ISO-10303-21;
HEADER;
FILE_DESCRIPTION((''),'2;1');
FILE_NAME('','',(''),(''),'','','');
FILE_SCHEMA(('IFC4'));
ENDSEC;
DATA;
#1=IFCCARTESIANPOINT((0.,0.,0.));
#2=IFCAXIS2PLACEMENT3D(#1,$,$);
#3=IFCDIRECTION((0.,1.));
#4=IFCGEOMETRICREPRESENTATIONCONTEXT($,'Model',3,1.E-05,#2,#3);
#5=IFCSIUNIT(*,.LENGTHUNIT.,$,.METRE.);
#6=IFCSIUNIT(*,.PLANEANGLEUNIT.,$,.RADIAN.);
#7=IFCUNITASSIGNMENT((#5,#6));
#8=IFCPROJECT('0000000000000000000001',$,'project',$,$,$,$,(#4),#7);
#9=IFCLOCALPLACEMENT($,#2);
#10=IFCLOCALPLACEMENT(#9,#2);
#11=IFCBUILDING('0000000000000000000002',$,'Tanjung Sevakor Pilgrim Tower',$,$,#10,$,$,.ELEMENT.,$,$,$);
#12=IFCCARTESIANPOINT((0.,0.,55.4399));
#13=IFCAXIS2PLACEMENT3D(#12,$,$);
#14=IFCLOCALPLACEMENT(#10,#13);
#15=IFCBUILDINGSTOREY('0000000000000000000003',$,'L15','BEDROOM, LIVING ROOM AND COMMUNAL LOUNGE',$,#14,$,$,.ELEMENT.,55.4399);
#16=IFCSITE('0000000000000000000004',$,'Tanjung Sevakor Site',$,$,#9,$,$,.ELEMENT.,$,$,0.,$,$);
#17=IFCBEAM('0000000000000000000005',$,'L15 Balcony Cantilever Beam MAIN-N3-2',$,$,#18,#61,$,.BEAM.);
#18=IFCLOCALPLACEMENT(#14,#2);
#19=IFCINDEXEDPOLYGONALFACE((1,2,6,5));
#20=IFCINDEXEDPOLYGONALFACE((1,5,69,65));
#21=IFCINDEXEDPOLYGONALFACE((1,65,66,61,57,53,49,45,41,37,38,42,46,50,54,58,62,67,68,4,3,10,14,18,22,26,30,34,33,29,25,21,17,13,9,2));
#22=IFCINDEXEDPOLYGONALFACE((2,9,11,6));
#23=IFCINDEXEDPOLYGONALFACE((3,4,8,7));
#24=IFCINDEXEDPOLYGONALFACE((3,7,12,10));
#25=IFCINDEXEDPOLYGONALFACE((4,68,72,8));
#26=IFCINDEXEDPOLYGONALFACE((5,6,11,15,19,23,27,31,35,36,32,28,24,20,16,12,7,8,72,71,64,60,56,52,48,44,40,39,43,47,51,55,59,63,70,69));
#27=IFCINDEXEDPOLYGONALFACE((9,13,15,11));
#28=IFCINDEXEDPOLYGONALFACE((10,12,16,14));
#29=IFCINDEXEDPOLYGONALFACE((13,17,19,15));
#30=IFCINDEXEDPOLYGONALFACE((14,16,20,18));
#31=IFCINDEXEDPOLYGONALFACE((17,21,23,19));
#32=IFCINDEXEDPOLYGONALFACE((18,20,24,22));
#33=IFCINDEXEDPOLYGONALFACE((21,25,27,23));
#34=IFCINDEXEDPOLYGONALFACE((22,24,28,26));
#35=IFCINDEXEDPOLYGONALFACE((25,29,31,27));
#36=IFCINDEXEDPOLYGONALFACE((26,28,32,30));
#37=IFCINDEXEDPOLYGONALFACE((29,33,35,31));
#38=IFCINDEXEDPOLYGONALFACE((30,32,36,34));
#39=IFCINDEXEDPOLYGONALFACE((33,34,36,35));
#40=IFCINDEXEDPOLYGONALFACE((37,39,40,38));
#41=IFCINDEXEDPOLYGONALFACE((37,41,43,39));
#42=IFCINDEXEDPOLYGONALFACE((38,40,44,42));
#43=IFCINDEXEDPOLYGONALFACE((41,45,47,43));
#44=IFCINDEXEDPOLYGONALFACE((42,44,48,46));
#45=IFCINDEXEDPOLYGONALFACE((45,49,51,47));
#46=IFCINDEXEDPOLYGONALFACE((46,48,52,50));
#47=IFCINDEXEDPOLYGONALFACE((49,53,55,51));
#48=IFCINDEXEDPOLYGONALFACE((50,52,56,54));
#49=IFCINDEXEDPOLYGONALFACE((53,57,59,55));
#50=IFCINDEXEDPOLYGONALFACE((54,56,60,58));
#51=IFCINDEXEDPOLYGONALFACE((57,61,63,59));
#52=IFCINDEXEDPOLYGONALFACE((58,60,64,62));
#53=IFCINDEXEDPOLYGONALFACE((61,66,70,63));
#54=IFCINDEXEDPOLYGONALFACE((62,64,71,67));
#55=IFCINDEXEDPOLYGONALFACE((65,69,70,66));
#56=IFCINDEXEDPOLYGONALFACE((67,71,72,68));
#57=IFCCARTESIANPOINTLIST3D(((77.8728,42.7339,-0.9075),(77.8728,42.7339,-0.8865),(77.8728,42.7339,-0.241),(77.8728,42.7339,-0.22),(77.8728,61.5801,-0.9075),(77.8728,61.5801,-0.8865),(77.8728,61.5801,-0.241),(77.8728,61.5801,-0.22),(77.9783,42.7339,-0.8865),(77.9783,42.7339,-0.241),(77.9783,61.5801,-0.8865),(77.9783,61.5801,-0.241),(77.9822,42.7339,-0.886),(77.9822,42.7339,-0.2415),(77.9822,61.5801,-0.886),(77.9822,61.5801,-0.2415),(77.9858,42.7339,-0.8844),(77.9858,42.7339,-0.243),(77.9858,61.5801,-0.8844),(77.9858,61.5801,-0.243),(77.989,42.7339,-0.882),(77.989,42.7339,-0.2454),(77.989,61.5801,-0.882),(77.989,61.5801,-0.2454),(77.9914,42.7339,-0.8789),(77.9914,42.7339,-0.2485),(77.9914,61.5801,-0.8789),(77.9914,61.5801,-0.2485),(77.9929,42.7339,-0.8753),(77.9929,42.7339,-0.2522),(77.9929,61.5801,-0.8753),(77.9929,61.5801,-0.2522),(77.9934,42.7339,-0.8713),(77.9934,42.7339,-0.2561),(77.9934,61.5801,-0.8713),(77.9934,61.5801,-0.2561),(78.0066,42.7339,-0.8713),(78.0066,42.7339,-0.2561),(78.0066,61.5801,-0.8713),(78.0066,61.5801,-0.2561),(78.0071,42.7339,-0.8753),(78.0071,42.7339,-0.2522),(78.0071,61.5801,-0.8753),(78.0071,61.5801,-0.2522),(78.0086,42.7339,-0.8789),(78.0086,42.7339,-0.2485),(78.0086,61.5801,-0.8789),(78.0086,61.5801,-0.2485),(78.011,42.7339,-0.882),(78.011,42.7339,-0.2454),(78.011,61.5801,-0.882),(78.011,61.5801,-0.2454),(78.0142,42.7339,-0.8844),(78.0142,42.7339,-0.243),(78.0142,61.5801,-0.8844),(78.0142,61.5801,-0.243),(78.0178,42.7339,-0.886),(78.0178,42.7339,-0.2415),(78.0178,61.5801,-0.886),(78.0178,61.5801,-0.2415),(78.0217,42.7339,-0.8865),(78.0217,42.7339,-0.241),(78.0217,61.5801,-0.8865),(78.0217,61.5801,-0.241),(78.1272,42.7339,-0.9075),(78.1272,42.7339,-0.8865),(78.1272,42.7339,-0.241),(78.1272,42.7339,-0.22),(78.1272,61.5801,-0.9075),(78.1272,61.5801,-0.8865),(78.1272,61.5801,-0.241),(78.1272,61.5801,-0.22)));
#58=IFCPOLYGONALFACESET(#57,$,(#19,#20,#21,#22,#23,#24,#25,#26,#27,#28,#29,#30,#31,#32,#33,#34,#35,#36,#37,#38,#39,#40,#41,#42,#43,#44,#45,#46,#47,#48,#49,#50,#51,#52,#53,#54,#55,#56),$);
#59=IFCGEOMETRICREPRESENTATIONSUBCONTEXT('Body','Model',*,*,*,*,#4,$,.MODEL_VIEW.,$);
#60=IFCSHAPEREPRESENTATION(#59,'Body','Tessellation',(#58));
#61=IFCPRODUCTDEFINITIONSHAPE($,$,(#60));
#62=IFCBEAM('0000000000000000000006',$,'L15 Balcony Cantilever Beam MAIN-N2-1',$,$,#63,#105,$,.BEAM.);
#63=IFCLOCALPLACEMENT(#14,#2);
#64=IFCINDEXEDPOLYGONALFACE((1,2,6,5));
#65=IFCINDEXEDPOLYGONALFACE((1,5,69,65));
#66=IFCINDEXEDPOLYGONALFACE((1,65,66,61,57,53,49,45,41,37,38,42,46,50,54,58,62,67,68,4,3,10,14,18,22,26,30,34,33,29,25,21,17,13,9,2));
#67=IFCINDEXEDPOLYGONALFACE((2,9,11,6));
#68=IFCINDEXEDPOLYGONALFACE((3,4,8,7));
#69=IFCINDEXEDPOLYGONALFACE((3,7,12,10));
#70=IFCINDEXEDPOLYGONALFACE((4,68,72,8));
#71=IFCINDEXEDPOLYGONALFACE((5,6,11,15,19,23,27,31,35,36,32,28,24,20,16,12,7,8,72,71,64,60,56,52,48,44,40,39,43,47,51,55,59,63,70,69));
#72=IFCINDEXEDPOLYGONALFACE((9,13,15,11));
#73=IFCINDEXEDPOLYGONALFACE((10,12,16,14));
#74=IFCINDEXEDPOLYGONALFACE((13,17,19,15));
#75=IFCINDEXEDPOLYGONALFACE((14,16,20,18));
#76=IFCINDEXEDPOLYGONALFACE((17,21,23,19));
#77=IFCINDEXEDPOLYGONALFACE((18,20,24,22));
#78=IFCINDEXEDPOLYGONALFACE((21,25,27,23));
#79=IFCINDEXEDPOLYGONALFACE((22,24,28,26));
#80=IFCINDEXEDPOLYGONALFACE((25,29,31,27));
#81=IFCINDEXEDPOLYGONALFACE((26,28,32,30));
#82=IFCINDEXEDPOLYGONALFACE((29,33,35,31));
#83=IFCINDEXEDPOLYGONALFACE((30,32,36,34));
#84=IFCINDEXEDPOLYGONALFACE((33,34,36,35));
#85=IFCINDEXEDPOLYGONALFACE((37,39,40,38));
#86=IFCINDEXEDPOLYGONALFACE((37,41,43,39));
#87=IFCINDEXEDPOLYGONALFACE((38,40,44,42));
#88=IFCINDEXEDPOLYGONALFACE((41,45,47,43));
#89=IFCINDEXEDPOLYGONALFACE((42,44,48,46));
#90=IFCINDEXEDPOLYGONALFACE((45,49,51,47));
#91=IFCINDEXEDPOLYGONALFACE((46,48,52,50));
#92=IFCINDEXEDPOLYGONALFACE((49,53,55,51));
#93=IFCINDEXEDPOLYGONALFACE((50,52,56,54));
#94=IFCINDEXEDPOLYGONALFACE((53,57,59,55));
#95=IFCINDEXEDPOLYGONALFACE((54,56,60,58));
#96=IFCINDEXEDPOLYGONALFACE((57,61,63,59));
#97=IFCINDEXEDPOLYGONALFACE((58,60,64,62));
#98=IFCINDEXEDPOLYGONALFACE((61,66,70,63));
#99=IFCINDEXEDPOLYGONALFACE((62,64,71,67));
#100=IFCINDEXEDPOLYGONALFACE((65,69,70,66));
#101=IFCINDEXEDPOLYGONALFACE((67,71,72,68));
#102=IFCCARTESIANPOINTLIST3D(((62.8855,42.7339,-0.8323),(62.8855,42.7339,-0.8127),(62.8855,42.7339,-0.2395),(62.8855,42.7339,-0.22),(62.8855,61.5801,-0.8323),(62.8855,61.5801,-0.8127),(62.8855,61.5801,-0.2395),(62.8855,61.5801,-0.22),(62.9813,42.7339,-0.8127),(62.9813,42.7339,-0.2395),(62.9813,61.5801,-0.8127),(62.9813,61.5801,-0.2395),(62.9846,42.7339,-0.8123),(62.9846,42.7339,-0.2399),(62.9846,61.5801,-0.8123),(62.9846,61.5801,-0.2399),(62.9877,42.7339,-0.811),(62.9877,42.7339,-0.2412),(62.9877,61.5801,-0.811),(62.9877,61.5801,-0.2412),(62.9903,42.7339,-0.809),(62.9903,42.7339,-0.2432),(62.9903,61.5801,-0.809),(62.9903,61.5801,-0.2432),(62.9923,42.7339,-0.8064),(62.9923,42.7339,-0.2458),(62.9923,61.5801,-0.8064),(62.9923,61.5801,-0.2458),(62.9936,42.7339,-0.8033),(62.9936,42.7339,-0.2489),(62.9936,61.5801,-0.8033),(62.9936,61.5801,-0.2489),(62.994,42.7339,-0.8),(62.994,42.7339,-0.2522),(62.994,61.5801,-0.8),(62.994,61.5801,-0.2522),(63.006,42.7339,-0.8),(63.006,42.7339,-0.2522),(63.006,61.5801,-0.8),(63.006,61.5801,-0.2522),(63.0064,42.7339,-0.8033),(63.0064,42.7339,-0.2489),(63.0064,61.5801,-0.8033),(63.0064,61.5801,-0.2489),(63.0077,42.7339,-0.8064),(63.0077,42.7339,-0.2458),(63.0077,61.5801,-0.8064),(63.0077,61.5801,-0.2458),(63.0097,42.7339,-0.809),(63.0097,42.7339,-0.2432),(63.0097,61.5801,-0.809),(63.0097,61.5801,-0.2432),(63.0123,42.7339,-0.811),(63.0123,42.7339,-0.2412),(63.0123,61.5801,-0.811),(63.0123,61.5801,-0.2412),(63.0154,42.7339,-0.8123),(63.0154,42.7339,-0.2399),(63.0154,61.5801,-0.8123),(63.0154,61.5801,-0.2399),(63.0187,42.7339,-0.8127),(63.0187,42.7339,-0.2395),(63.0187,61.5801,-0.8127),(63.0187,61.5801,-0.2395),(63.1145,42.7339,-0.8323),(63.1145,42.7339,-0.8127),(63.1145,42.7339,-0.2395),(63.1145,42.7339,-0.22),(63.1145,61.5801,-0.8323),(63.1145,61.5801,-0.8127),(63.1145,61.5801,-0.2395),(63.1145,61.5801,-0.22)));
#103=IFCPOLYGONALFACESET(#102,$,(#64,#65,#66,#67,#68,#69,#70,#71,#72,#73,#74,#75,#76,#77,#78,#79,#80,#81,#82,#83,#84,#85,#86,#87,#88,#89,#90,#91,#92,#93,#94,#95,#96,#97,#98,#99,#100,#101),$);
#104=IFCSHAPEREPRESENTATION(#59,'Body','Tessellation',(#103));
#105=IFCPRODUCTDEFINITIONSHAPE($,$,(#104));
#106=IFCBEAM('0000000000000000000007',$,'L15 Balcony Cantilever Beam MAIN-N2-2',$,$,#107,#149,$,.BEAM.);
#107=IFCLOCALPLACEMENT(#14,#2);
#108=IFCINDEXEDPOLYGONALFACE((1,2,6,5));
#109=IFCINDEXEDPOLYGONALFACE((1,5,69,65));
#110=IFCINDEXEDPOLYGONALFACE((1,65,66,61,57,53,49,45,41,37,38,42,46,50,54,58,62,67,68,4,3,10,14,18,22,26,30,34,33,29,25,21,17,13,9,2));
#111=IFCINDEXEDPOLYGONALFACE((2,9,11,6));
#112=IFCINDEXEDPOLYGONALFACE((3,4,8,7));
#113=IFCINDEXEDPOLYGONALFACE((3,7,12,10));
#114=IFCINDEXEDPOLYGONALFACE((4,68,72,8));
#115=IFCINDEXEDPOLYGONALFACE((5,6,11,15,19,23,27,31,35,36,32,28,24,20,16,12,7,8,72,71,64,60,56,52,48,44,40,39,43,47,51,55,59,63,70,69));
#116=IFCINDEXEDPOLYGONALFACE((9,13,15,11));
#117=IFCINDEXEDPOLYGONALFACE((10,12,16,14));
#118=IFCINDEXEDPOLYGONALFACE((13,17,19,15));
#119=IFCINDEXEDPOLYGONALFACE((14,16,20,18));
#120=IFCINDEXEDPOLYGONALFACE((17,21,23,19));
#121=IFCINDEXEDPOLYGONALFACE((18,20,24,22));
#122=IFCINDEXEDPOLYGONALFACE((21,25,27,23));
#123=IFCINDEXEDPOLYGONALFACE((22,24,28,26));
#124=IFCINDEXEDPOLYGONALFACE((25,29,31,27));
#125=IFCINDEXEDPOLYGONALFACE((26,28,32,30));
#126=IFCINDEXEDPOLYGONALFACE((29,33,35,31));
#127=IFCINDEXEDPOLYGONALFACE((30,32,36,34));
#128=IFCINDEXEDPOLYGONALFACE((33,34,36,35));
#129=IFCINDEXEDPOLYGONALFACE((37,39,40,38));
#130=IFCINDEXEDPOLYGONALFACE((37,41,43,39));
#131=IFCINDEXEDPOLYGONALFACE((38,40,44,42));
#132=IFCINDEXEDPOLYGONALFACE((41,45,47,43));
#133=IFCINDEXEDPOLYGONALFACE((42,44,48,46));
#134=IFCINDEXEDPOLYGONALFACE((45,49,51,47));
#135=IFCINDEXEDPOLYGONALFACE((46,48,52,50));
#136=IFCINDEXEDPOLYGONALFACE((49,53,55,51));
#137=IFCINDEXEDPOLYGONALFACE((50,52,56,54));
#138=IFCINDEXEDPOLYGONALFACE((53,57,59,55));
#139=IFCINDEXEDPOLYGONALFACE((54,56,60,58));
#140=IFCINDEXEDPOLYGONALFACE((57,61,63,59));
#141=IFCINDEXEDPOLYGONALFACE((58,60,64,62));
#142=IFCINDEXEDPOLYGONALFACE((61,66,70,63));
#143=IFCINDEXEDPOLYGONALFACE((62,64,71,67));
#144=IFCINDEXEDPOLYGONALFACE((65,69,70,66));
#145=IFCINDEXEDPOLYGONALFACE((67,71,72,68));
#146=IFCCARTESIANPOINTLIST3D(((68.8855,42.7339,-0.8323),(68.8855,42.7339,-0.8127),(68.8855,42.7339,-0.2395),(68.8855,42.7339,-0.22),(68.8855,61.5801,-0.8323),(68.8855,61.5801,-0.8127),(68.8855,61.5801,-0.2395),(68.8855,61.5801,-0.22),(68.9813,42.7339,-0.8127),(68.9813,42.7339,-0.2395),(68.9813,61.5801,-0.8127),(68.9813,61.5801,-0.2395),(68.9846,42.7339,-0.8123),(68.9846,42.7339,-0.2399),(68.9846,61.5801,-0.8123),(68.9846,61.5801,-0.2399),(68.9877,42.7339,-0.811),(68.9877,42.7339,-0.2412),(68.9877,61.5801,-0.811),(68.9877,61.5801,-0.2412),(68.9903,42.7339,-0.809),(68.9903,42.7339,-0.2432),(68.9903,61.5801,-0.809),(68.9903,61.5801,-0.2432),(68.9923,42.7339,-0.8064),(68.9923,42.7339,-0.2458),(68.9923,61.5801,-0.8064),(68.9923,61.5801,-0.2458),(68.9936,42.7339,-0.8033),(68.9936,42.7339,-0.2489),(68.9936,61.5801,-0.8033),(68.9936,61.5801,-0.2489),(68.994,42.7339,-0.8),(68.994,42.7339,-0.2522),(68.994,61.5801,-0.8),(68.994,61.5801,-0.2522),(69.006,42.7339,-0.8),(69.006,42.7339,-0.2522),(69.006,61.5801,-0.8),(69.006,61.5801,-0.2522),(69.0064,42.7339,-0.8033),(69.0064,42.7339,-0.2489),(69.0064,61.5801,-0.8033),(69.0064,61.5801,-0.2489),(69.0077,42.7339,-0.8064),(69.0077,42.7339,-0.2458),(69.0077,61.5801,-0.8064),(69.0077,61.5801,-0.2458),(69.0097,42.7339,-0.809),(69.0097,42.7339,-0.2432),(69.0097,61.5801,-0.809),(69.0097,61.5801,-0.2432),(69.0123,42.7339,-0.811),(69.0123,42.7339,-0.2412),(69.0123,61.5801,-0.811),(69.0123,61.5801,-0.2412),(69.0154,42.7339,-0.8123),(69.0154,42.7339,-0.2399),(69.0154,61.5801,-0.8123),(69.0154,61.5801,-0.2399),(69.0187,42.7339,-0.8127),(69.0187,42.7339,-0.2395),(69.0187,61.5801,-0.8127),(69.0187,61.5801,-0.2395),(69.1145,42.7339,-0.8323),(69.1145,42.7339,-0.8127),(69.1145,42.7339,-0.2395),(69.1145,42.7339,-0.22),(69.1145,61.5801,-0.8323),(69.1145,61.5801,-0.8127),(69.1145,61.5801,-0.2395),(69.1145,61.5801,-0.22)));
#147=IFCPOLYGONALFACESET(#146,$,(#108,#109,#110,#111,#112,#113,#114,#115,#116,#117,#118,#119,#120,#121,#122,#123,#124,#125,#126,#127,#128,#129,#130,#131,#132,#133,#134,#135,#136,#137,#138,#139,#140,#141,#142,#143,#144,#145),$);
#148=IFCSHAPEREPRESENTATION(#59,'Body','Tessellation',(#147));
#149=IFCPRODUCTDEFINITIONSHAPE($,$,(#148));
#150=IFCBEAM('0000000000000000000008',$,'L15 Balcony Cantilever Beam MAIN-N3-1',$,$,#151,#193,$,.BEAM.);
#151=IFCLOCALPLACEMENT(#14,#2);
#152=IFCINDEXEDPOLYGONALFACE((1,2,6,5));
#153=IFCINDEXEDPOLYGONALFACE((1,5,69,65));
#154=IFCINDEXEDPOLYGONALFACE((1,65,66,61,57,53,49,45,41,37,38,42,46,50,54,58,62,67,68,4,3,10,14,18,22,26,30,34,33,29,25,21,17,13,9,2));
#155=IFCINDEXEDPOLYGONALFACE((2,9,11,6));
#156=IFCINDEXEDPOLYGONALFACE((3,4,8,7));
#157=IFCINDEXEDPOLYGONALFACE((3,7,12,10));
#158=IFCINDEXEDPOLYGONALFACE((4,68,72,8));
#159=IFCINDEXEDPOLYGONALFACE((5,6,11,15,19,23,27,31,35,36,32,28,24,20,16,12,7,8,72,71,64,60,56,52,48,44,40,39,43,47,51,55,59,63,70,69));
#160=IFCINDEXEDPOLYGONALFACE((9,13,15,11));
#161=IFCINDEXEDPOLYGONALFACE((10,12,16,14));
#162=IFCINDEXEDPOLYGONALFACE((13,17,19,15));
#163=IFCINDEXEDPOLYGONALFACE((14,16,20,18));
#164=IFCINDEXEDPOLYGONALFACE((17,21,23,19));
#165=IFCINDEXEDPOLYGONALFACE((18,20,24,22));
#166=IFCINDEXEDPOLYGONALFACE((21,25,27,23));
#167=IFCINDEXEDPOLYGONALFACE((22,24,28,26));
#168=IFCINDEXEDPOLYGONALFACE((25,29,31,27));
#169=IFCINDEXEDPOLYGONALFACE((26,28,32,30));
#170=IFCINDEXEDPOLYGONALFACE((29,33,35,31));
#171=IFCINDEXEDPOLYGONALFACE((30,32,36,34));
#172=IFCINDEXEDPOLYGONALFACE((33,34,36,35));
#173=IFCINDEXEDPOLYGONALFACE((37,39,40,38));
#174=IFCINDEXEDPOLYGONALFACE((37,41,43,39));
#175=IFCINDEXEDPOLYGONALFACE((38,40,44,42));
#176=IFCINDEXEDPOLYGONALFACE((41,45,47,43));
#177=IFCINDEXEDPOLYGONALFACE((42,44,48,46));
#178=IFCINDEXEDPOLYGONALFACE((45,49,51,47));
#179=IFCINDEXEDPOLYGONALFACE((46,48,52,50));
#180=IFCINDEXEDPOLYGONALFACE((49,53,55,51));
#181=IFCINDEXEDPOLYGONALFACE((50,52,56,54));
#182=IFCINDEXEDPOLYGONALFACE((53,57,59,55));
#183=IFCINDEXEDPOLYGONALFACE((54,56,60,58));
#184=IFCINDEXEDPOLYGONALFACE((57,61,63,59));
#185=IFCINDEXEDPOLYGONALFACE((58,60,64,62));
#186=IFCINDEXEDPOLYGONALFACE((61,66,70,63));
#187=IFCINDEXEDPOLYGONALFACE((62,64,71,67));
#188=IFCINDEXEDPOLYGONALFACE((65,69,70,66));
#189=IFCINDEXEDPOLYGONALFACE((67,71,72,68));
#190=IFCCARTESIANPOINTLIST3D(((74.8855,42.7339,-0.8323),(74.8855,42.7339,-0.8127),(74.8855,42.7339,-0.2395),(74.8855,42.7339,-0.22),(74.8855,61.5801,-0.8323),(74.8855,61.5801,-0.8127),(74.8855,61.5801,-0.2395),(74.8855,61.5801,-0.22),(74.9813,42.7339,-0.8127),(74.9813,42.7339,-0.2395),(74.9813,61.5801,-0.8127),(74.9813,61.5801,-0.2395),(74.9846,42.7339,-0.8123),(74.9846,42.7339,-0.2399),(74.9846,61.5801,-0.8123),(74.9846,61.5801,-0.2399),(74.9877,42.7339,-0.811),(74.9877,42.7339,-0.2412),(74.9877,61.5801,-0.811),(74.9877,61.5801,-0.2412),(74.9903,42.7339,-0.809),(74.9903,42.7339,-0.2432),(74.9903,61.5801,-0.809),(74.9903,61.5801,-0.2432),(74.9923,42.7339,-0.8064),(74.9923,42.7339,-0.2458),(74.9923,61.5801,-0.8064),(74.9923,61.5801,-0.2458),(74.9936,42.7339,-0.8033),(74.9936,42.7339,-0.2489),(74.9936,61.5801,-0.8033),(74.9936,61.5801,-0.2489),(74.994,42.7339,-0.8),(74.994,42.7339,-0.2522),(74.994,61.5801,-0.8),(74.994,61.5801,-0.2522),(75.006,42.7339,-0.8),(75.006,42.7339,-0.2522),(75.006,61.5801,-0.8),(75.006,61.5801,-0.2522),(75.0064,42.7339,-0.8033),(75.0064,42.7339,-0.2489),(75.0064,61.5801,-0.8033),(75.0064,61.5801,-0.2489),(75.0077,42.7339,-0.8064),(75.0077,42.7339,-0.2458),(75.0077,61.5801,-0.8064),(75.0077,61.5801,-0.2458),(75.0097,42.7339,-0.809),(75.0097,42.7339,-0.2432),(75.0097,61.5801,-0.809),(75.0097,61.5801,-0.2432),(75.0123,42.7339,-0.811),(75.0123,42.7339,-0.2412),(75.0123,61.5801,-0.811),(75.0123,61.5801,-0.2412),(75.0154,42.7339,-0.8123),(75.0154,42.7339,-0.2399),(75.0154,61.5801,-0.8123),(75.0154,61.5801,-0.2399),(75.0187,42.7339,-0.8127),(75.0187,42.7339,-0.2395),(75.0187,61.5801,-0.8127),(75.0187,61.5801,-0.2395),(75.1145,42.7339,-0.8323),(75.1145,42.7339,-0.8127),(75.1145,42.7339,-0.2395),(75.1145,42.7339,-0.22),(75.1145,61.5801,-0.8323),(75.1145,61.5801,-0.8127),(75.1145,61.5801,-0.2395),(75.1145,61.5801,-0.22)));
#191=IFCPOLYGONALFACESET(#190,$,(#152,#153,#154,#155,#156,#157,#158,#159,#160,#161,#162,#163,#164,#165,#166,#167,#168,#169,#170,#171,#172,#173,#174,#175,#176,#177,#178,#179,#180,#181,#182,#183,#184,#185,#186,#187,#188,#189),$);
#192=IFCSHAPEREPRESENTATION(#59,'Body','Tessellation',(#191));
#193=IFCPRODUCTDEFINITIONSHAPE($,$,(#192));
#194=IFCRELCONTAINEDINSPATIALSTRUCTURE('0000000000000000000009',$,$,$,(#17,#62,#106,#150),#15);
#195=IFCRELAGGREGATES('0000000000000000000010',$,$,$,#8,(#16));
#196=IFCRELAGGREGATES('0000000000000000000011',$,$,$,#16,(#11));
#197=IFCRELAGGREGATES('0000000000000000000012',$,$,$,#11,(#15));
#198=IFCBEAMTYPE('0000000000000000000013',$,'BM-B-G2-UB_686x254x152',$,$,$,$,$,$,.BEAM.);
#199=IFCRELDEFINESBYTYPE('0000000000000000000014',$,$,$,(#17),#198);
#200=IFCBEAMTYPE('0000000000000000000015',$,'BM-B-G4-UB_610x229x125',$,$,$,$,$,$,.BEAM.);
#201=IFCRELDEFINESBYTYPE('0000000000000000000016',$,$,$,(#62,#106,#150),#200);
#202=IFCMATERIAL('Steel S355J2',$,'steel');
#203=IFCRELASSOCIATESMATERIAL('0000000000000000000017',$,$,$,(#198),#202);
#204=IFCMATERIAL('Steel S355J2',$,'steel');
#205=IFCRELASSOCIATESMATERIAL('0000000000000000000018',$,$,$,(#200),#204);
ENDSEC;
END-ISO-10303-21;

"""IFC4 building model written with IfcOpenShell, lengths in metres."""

from ifc_helpers import new_model, si_unit, direction, frame, origin, origin_2d, place, context, subcontext, project, spatial, i_section, extrude, material, material_profile, profile_set, type_object, element, save


model = new_model("IFC4")

# Units and contexts
model_context = context("Model", 3, precision=1e-05, world=origin(), true_north=direction((0.0, 1.0)))
body_context = subcontext(model_context, "Body", "Model", "MODEL_VIEW")
ifc_project = project(units=[si_unit("LENGTHUNIT", "METRE"), si_unit("PLANEANGLEUNIT", "RADIAN")], contexts=[model_context])

# Site, building, storey
site_placement = place(None, origin())
site = spatial("IfcSite", under=ifc_project, at=site_placement, Name="Tanjung Sevakor Site", CompositionType="ELEMENT", RefElevation=0.0)
building_placement = place(site_placement, origin())
building = spatial("IfcBuilding", under=site, at=building_placement, Name="Tanjung Sevakor Pilgrim Tower", CompositionType="ELEMENT")
storey_placement = place(building_placement, frame((0.0, 0.0, 55.4399)))
storey = spatial("IfcBuildingStorey", under=building, at=storey_placement, Name="L15", Description="BEDROOM, LIVING ROOM AND COMMUNAL LOUNGE", CompositionType="ELEMENT", Elevation=55.4399)

# Beams
ifc_material_1 = material(Name="Steel S355J2", Category="steel")
ifc_material_profile_1 = material_profile(ifc_material_1, i_section(OverallWidth=0.2544, OverallDepth=0.6875, WebThickness=0.0132, FlangeThickness=0.021, FilletRadius=0.0151, at=origin_2d()))
ifc_profile_set_1 = profile_set([ifc_material_profile_1], Name="Steel S355J2")
beam_type_1 = type_object("IfcBeamType", Name="BM-B-G2-UB_686x254x152", PredefinedType="BEAM", material=ifc_profile_set_1)
beam_1_placement = place(storey_placement, frame((78.0, 42.7339, -0.5637), z_axis=(0.0, 1.0, 0.0), x_axis=(-1.0, 0.0, 0.0)))
element("IfcBeam", 1, at=beam_1_placement, inside=storey, type_object=beam_type_1, Name="L15 Balcony Cantilever Beam MAIN-N3-2", PredefinedType="BEAM", context=body_context, shape_type="SweptSolid", body=[
    extrude(i_section(OverallWidth=0.2544, OverallDepth=0.6875, WebThickness=0.0132, FlangeThickness=0.021, FilletRadius=0.0151, at=origin_2d()), origin(), (0.0, 0.0, 1.0), 18.8462),
])
ifc_material_2 = material(Name="Steel S355J2", Category="steel")
ifc_material_profile_2 = material_profile(ifc_material_2, i_section(OverallWidth=0.229, OverallDepth=0.6123, WebThickness=0.012, FlangeThickness=0.0195, FilletRadius=0.0127, at=origin_2d()))
ifc_profile_set_2 = profile_set([ifc_material_profile_2], Name="Steel S355J2")
beam_type_2 = type_object("IfcBeamType", Name="BM-B-G4-UB_610x229x125", PredefinedType="BEAM", material=ifc_profile_set_2)
for number, where, z_axis, x_axis, name in (
    (2, (63.0, 42.7339, -0.5261), (0.0, 1.0, 0.0), (-1.0, 0.0, 0.0), "L15 Balcony Cantilever Beam MAIN-N2-1"),
    (3, (69.0, 42.7339, -0.5261), (0.0, 1.0, 0.0), (-1.0, 0.0, 0.0), "L15 Balcony Cantilever Beam MAIN-N2-2"),
    (4, (75.0, 42.7339, -0.5261), (0.0, 1.0, 0.0), (-1.0, 0.0, 0.0), "L15 Balcony Cantilever Beam MAIN-N3-1"),
):
    element("IfcBeam", number, at=place(storey_placement, frame(where, z_axis=z_axis, x_axis=x_axis)), inside=storey, type_object=beam_type_2, Name=name, PredefinedType="BEAM", context=body_context, shape_type="SweptSolid", body=[
        extrude(i_section(OverallWidth=0.229, OverallDepth=0.6123, WebThickness=0.012, FlangeThickness=0.0195, FilletRadius=0.0127, at=origin_2d()), origin(), (0.0, 0.0, 1.0), 18.8462),
    ])

save(model, "model.ifc")
